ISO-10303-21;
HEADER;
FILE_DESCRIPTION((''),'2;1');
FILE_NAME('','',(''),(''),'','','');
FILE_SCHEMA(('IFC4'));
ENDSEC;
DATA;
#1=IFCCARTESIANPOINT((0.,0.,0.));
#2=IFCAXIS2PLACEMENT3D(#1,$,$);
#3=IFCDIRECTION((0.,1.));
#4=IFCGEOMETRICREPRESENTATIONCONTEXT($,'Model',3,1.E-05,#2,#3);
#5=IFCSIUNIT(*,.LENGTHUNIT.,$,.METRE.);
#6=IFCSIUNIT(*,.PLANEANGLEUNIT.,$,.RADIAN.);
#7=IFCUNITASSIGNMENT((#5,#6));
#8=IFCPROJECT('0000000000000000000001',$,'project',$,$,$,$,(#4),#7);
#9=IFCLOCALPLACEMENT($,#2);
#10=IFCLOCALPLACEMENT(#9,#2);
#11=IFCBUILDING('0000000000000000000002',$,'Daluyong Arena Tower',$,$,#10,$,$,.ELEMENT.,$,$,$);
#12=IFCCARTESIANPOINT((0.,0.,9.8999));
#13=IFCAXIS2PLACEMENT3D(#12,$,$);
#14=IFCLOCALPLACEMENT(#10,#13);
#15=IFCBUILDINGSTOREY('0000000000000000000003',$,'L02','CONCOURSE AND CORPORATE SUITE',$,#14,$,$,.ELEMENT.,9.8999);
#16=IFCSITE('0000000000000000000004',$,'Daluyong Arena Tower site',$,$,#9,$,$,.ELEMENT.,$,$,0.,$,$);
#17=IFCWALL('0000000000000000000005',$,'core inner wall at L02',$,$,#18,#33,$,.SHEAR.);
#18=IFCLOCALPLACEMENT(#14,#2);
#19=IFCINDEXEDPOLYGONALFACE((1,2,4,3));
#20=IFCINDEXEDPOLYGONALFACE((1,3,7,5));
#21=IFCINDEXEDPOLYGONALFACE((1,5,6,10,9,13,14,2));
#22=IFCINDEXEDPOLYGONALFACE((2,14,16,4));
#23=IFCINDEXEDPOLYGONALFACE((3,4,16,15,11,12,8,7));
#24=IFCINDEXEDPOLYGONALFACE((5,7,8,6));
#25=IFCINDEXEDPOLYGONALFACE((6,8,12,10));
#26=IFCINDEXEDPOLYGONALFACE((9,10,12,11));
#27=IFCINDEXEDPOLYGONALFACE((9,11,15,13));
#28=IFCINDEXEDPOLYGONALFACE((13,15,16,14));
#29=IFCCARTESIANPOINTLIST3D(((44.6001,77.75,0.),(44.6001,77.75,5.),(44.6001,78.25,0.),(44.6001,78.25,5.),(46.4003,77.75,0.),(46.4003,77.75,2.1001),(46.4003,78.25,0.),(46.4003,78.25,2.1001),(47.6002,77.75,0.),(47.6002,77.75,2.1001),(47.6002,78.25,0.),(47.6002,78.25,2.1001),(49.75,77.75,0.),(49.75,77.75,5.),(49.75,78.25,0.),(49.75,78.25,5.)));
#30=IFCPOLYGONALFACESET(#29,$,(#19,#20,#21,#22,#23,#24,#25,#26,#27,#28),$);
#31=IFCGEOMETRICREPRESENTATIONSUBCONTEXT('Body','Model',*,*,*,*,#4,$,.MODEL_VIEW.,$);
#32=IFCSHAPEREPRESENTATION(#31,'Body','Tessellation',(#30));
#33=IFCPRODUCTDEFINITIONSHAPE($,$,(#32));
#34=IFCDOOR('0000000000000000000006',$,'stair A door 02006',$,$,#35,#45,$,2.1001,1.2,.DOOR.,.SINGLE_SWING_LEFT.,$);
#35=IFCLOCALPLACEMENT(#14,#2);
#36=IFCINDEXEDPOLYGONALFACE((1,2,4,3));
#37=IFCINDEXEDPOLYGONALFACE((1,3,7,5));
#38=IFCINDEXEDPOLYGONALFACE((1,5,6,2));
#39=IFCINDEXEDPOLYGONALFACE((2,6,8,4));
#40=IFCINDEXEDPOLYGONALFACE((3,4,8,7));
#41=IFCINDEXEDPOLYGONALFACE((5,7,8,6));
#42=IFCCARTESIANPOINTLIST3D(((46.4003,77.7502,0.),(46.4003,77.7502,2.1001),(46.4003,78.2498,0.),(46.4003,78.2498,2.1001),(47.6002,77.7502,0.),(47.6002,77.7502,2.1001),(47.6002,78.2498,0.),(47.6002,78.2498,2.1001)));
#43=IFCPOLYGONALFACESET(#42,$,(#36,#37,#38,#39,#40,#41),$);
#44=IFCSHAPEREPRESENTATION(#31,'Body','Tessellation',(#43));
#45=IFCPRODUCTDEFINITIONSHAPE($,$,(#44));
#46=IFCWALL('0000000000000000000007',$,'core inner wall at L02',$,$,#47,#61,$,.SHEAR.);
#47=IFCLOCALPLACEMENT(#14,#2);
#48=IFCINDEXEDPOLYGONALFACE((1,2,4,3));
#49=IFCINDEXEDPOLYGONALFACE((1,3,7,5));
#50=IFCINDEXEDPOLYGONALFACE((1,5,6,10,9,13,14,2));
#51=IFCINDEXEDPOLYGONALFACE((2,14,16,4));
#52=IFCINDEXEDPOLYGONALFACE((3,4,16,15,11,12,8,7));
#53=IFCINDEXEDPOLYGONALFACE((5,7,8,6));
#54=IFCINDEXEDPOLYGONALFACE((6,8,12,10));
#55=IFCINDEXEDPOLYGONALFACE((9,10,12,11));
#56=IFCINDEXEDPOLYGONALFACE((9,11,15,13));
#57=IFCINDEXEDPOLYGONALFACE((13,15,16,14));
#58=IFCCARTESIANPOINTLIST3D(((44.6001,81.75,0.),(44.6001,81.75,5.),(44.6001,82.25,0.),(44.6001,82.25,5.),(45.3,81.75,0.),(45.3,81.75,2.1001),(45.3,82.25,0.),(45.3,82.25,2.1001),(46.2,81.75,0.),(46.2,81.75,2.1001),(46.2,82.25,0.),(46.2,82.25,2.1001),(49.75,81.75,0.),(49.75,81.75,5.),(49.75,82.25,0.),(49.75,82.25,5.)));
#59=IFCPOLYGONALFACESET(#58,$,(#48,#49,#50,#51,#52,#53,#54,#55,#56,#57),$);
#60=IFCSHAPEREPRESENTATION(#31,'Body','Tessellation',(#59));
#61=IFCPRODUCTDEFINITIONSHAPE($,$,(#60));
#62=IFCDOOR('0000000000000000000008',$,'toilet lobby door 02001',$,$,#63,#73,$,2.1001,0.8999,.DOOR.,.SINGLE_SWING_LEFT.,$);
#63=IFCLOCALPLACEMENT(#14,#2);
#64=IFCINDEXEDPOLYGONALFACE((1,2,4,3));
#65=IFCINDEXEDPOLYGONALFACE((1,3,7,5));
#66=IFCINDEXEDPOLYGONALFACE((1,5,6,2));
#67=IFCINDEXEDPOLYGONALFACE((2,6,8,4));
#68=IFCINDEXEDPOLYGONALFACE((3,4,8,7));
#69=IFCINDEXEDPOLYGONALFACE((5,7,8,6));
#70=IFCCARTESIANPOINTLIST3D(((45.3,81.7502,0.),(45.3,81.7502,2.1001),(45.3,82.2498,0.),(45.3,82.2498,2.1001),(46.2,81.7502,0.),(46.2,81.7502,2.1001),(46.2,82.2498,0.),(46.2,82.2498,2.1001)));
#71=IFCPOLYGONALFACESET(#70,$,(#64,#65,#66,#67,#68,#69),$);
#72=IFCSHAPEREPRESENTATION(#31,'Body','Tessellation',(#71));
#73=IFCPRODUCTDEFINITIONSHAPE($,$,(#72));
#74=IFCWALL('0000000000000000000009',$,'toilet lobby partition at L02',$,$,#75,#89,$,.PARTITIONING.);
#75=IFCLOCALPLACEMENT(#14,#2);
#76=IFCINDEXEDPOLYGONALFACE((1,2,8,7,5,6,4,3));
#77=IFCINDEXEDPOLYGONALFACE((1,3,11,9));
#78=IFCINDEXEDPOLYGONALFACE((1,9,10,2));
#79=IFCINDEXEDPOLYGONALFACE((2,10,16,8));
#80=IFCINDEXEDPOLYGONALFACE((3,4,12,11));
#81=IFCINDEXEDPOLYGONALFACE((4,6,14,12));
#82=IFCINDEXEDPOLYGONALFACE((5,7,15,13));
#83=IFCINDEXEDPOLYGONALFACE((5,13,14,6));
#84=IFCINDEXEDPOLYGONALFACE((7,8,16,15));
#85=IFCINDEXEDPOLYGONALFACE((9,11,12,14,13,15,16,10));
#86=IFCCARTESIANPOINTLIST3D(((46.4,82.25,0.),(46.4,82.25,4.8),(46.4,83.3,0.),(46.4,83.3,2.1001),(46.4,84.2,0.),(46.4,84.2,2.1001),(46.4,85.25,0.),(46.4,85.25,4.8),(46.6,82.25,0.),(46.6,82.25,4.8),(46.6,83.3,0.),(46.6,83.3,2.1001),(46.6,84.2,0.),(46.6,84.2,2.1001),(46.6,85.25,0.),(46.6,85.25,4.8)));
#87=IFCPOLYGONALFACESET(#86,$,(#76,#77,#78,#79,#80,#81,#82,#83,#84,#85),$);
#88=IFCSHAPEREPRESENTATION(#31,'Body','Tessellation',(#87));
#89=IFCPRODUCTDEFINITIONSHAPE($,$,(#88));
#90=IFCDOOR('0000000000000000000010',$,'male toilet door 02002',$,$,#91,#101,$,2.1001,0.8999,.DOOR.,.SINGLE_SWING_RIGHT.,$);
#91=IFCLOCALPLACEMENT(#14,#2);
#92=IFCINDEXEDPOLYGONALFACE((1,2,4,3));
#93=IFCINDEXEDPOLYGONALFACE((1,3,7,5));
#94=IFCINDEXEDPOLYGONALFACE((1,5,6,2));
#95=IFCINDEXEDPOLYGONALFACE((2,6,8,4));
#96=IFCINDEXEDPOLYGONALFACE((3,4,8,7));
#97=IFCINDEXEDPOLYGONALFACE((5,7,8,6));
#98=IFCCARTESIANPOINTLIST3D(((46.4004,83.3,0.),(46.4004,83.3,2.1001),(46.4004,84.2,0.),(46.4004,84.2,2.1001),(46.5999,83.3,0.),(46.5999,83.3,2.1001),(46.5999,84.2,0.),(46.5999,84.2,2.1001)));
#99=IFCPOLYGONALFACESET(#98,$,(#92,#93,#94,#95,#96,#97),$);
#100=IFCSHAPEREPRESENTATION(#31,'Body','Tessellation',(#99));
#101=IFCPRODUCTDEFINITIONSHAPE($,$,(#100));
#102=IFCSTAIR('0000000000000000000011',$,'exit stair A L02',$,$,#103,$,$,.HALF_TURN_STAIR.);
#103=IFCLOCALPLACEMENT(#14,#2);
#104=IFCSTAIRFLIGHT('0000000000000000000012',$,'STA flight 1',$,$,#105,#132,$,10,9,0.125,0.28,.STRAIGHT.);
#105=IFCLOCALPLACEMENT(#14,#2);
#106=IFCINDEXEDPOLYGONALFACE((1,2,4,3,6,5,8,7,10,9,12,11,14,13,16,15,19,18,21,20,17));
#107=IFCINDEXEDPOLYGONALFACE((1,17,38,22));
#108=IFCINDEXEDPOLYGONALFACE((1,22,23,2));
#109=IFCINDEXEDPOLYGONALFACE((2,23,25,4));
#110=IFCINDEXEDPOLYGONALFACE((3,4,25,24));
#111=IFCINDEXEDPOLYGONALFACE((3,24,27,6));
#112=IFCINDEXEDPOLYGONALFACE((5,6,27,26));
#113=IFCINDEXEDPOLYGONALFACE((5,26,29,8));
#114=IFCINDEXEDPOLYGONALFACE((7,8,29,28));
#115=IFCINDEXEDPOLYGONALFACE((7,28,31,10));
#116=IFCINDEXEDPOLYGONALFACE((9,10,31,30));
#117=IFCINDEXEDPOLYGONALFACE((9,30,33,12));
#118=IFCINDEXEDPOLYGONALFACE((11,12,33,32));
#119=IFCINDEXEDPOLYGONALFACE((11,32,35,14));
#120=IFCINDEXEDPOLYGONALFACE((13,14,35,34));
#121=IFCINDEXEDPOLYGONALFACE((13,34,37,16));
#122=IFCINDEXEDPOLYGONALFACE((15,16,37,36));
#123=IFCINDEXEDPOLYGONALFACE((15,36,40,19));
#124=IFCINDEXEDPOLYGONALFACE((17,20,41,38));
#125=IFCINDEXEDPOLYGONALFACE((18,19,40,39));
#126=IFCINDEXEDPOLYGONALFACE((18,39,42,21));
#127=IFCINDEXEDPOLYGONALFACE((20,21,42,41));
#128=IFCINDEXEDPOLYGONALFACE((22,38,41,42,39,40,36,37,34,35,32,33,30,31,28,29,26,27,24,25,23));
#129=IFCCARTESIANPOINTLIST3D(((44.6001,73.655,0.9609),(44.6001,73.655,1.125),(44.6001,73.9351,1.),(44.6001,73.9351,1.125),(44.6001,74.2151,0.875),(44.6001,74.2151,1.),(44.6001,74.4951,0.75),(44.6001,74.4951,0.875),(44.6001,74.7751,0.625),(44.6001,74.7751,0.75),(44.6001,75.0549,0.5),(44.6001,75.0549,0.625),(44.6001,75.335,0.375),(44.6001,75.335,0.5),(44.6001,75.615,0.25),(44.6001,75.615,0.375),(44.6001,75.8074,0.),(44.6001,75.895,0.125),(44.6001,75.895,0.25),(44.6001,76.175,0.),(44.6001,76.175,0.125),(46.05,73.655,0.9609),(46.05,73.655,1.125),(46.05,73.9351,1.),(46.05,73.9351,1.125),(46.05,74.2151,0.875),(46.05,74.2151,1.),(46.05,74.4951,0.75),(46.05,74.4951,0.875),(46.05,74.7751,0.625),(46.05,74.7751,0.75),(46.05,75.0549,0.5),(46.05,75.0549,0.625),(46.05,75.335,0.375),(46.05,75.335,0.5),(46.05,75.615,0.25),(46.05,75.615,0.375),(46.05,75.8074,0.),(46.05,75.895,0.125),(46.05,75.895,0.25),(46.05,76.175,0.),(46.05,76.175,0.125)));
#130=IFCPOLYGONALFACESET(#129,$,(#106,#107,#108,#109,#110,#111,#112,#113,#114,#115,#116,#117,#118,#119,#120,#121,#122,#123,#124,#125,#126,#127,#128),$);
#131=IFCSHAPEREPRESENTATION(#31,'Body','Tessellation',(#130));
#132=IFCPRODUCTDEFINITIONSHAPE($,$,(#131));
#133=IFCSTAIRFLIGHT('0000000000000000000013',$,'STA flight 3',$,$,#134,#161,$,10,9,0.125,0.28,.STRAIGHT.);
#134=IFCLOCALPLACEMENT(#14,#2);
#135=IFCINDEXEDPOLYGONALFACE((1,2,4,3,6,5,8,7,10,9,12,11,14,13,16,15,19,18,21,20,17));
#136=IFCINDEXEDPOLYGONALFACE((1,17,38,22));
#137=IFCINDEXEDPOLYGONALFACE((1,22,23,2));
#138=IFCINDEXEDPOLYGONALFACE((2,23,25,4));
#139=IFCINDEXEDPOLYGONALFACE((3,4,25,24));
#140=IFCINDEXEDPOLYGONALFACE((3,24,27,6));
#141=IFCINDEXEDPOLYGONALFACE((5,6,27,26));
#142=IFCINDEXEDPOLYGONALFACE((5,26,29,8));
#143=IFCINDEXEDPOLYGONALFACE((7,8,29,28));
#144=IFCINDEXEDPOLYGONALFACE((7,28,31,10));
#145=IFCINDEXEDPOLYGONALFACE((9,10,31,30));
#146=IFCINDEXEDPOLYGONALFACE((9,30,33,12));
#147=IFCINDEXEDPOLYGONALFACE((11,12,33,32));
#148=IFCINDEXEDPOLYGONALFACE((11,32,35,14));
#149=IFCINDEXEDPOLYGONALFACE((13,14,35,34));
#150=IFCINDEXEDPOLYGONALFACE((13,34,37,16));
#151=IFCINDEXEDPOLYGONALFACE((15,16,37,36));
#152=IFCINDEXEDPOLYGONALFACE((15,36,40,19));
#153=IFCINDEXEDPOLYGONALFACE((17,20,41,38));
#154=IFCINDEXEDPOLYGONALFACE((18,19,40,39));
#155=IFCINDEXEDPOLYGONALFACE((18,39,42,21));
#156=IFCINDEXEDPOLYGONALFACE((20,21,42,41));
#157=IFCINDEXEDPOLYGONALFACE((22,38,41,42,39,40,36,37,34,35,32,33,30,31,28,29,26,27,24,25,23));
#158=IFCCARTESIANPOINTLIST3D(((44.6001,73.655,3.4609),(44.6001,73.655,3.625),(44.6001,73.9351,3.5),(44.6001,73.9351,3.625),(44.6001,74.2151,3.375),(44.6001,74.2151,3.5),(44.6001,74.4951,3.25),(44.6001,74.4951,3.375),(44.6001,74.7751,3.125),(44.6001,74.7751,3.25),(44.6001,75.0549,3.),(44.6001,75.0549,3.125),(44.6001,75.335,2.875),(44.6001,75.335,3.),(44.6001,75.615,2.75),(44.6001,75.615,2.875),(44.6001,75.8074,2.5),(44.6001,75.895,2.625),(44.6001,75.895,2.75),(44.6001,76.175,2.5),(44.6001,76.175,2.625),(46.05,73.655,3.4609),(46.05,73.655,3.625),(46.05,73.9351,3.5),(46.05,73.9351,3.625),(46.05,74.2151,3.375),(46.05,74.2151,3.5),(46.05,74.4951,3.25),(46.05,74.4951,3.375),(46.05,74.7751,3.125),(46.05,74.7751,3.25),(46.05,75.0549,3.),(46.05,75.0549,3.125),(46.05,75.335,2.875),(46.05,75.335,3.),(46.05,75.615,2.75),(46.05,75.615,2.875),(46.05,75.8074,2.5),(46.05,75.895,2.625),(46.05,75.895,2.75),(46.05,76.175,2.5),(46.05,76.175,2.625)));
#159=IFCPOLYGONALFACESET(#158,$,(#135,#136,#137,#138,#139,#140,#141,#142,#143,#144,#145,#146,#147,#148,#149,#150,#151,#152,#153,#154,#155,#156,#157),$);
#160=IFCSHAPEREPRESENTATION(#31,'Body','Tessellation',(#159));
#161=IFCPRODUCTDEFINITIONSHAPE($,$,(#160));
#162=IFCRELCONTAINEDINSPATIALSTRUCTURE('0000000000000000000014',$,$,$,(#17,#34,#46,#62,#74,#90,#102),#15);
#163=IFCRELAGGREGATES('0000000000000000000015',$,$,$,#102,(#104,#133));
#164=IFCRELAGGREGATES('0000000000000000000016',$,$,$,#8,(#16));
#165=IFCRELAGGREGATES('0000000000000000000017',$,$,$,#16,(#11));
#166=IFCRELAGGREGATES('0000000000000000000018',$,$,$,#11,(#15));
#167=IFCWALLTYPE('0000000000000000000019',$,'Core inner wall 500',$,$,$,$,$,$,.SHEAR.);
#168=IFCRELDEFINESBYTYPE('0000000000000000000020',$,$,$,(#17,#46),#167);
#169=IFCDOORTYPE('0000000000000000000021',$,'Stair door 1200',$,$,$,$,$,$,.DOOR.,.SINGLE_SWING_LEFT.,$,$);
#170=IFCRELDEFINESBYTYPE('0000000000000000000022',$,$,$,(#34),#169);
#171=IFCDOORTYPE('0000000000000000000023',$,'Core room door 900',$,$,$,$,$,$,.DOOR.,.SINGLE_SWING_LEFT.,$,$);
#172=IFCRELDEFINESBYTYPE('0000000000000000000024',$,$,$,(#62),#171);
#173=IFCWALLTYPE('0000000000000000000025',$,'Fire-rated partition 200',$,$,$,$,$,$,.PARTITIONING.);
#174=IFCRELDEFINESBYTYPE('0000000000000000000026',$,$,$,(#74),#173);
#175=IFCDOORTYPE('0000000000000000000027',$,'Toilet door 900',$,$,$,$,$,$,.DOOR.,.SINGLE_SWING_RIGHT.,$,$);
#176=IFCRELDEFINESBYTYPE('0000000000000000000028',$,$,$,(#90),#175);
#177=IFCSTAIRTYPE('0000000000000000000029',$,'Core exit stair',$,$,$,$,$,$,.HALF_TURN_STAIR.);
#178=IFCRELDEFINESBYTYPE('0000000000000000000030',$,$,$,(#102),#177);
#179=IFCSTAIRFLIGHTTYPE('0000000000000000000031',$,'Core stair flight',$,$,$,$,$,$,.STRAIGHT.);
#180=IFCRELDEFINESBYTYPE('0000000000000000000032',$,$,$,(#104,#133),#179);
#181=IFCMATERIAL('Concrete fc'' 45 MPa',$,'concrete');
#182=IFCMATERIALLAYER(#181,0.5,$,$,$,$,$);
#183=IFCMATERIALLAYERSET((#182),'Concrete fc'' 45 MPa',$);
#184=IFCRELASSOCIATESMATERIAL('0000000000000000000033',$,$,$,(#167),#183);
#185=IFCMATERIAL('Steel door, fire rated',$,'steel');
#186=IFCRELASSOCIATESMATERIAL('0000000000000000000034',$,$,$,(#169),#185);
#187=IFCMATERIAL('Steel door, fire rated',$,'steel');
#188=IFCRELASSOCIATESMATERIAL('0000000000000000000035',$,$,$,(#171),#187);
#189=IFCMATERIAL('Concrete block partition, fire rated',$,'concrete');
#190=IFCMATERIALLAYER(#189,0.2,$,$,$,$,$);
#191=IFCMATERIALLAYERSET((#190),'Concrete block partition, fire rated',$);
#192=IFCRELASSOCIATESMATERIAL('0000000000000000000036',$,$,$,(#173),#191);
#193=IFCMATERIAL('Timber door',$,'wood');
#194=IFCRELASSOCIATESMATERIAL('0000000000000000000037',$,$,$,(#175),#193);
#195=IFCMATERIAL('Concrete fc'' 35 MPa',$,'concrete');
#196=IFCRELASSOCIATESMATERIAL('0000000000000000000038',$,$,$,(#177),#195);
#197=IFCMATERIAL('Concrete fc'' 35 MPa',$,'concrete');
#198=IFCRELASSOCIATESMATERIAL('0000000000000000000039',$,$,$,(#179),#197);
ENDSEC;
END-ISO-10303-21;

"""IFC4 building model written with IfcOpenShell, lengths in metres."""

from ifc_helpers import new_model, si_unit, direction, frame, frame_2d, origin, place, context, subcontext, project, spatial, polyline, rectangle, outline, extrude, material, layer, layer_set, type_object, element, fill, aggregate, save


model = new_model("IFC4")

# Units and contexts
model_context = context("Model", 3, precision=1e-05, world=origin(), true_north=direction((0.0, 1.0)))
body_context = subcontext(model_context, "Body", "Model", "MODEL_VIEW")
ifc_project = project(units=[si_unit("LENGTHUNIT", "METRE"), si_unit("PLANEANGLEUNIT", "RADIAN")], contexts=[model_context])

# Site, building, storey
site_placement = place(None, origin())
site = spatial("IfcSite", under=ifc_project, at=site_placement, Name="Daluyong Arena Tower site", CompositionType="ELEMENT", RefElevation=0.0)
building_placement = place(site_placement, origin())
building = spatial("IfcBuilding", under=site, at=building_placement, Name="Daluyong Arena Tower", CompositionType="ELEMENT")
storey_placement = place(building_placement, frame((0.0, 0.0, 9.8999)))
storey = spatial("IfcBuildingStorey", under=building, at=storey_placement, Name="L02", Description="CONCOURSE AND CORPORATE SUITE", CompositionType="ELEMENT", Elevation=9.8999)

# Walls, openings, doors
ifc_material_1 = material(Name="Concrete fc' 45 MPa", Category="concrete")
ifc_layer_1 = layer(ifc_material_1, 0.5)
ifc_layer_set_1 = layer_set([ifc_layer_1], Name="Concrete fc' 45 MPa")
wall_type_1 = type_object("IfcWallType", Name="Core inner wall 500", PredefinedType="SHEAR", material=ifc_layer_set_1)
wall_1_placement = place(storey_placement, frame((44.6001, 78.0, 0.0), z_axis=(0.0, 0.0, 1.0), x_axis=(1.0, 0.0, 0.0)))
wall_1 = element("IfcWall", 1, at=wall_1_placement, inside=storey, type_object=wall_type_1, Name="core inner wall at L02", PredefinedType="SHEAR", context=body_context, shape_type="SweptSolid", body=[
    extrude(rectangle(XDim=5.1499, YDim=0.5, at=frame_2d((2.575, 0.0))), origin(), (0.0, 0.0, 1.0), 5.0),
])
opening_1_placement = place(wall_1_placement, frame((1.8, 0.0, 0.0)))
opening_1 = element("IfcOpeningElement", 2, at=opening_1_placement, cuts=wall_1, PredefinedType="OPENING", context=body_context, shape_type="SweptSolid", body=[
    extrude(rectangle(XDim=1.2, YDim=2.1001, at=frame_2d((0.6001, 1.05))), frame((0.0, 0.26, 0.0), z_axis=(0.0, -1.0, 0.0), x_axis=(1.0, 0.0, 0.0)), (0.0, 0.0, 1.0), 0.52),
])
ifc_material_2 = material(Name="Steel door, fire rated", Category="steel")
door_type_1 = type_object("IfcDoorType", Name="Stair door 1200", OperationType="SINGLE_SWING_LEFT", PredefinedType="DOOR", material=ifc_material_2)
door_1_placement = place(opening_1_placement, origin())
door_1 = element("IfcDoor", 3, at=door_1_placement, inside=storey, type_object=door_type_1, Name="stair A door 02006", OperationType="SINGLE_SWING_LEFT", OverallHeight=2.1001, OverallWidth=1.2, PredefinedType="DOOR", context=body_context, shape_type="SweptSolid", body=[
    extrude(rectangle(XDim=1.2, YDim=2.1001, at=frame_2d((0.6001, 1.05))), frame((0.0, 0.2498, 0.0), z_axis=(0.0, -1.0, 0.0), x_axis=(1.0, 0.0, 0.0)), (0.0, 0.0, 1.0), 0.4995),
])
fill(opening_1, door_1)
wall_2_placement = place(storey_placement, frame((44.6001, 82.0, 0.0), z_axis=(0.0, 0.0, 1.0), x_axis=(1.0, 0.0, 0.0)))
wall_2 = element("IfcWall", 4, at=wall_2_placement, inside=storey, type_object=wall_type_1, Name="core inner wall at L02", PredefinedType="SHEAR", context=body_context, shape_type="SweptSolid", body=[
    extrude(rectangle(XDim=5.1499, YDim=0.5, at=frame_2d((2.575, 0.0))), origin(), (0.0, 0.0, 1.0), 5.0),
])
opening_2_placement = place(wall_2_placement, frame((0.7, 0.0, 0.0)))
opening_2 = element("IfcOpeningElement", 5, at=opening_2_placement, cuts=wall_2, PredefinedType="OPENING", context=body_context, shape_type="SweptSolid", body=[
    extrude(rectangle(XDim=0.8999, YDim=2.1001, at=frame_2d((0.45, 1.05))), frame((0.0, 0.26, 0.0), z_axis=(0.0, -1.0, 0.0), x_axis=(1.0, 0.0, 0.0)), (0.0, 0.0, 1.0), 0.52),
])
ifc_material_3 = material(Name="Steel door, fire rated", Category="steel")
door_type_2 = type_object("IfcDoorType", Name="Core room door 900", OperationType="SINGLE_SWING_LEFT", PredefinedType="DOOR", material=ifc_material_3)
door_2_placement = place(opening_2_placement, origin())
door_2 = element("IfcDoor", 6, at=door_2_placement, inside=storey, type_object=door_type_2, Name="toilet lobby door 02001", OperationType="SINGLE_SWING_LEFT", OverallHeight=2.1001, OverallWidth=0.8999, PredefinedType="DOOR", context=body_context, shape_type="SweptSolid", body=[
    extrude(rectangle(XDim=0.8999, YDim=2.1001, at=frame_2d((0.45, 1.05))), frame((0.0, 0.2498, 0.0), z_axis=(0.0, -1.0, 0.0), x_axis=(1.0, 0.0, 0.0)), (0.0, 0.0, 1.0), 0.4995),
])
fill(opening_2, door_2)
ifc_material_4 = material(Name="Concrete block partition, fire rated", Category="concrete")
ifc_layer_2 = layer(ifc_material_4, 0.2)
ifc_layer_set_2 = layer_set([ifc_layer_2], Name="Concrete block partition, fire rated")
wall_type_2 = type_object("IfcWallType", Name="Fire-rated partition 200", PredefinedType="PARTITIONING", material=ifc_layer_set_2)
wall_3_placement = place(storey_placement, frame((46.5, 82.25, 0.0), z_axis=(0.0, 0.0, 1.0), x_axis=(0.0, 1.0, 0.0)))
wall_3 = element("IfcWall", 7, at=wall_3_placement, inside=storey, type_object=wall_type_2, Name="toilet lobby partition at L02", PredefinedType="PARTITIONING", context=body_context, shape_type="SweptSolid", body=[
    extrude(rectangle(XDim=3.0, YDim=0.2, at=frame_2d((1.5, 0.0))), origin(), (0.0, 0.0, 1.0), 4.8),
])
opening_3_placement = place(wall_3_placement, frame((1.05, 0.0, 0.0)))
opening_3 = element("IfcOpeningElement", 8, at=opening_3_placement, cuts=wall_3, PredefinedType="OPENING", context=body_context, shape_type="SweptSolid", body=[
    extrude(rectangle(XDim=0.8999, YDim=2.1001, at=frame_2d((0.45, 1.05))), frame((0.0, 0.1099, 0.0), z_axis=(0.0, -1.0, 0.0), x_axis=(1.0, 0.0, 0.0)), (0.0, 0.0, 1.0), 0.22),
])
ifc_material_5 = material(Name="Timber door", Category="wood")
door_type_3 = type_object("IfcDoorType", Name="Toilet door 900", OperationType="SINGLE_SWING_RIGHT", PredefinedType="DOOR", material=ifc_material_5)
door_3_placement = place(opening_3_placement, origin())
door_3 = element("IfcDoor", 9, at=door_3_placement, inside=storey, type_object=door_type_3, Name="male toilet door 02002", OperationType="SINGLE_SWING_RIGHT", OverallHeight=2.1001, OverallWidth=0.8999, PredefinedType="DOOR", context=body_context, shape_type="SweptSolid", body=[
    extrude(rectangle(XDim=0.8999, YDim=2.1001, at=frame_2d((0.45, 1.05))), frame((0.0, 0.0996, 0.0), z_axis=(0.0, -1.0, 0.0), x_axis=(1.0, 0.0, 0.0)), (0.0, 0.0, 1.0), 0.1995),
])
fill(opening_3, door_3)

# Stair, stair flights
ifc_material_6 = material(Name="Concrete fc' 35 MPa", Category="concrete")
stair_type = type_object("IfcStairType", Name="Core exit stair", PredefinedType="HALF_TURN_STAIR", material=ifc_material_6)
stair_placement = place(storey_placement, origin())
stair = element("IfcStair", 10, at=stair_placement, inside=storey, type_object=stair_type, Name="exit stair A L02", PredefinedType="HALF_TURN_STAIR")
ifc_material_7 = material(Name="Concrete fc' 35 MPa", Category="concrete")
stair_flight_type = type_object("IfcStairFlightType", Name="Core stair flight", PredefinedType="STRAIGHT", material=ifc_material_7)
stair_flight_1_placement = place(storey_placement, frame((45.325, 76.175, 0.0), z_axis=(0.0, 0.0, 1.0), x_axis=(0.0, -1.0, 0.0)))
stair_flight_1 = element("IfcStairFlight", 11, at=stair_flight_1_placement, type_object=stair_flight_type, Name="STA flight 1", NumberOfRisers=10, NumberOfTreads=9, PredefinedType="STRAIGHT", RiserHeight=0.125, TreadLength=0.28, context=body_context, shape_type="SweptSolid", body=[
    extrude(outline(polyline([(0.0, 0.0), (0.0, 0.125), (0.28, 0.125), (0.28, 0.25), (0.5601, 0.25), (0.5601, 0.375), (0.8401, 0.375), (0.8401, 0.5), (1.1201, 0.5), (1.1201, 0.625), (1.3999, 0.625), (1.3999, 0.75), (1.6799, 0.75), (1.6799, 0.875), (1.96, 0.875), (1.96, 1.0), (2.24, 1.0), (2.24, 1.125), (2.52, 1.125), (2.52, 1.25), (2.52, 0.9609), (0.3677, 0.0), (0.0, 0.0)])), frame((0.0, 0.7251, 0.0), z_axis=(0.0, -1.0, 0.0), x_axis=(1.0, 0.0, 0.0)), (0.0, 0.0, 1.0), 1.45),
])
stair_flight_2_placement = place(storey_placement, frame((45.325, 76.175, 2.5), z_axis=(0.0, 0.0, 1.0), x_axis=(0.0, -1.0, 0.0)))
stair_flight_2 = element("IfcStairFlight", 12, at=stair_flight_2_placement, type_object=stair_flight_type, Name="STA flight 3", NumberOfRisers=10, NumberOfTreads=9, PredefinedType="STRAIGHT", RiserHeight=0.125, TreadLength=0.28, context=body_context, shape_type="SweptSolid", body=[
    extrude(outline(polyline([(0.0, 0.0), (0.0, 0.125), (0.28, 0.125), (0.28, 0.25), (0.5601, 0.25), (0.5601, 0.375), (0.8401, 0.375), (0.8401, 0.5), (1.1201, 0.5), (1.1201, 0.625), (1.3999, 0.625), (1.3999, 0.75), (1.6799, 0.75), (1.6799, 0.875), (1.96, 0.875), (1.96, 1.0), (2.24, 1.0), (2.24, 1.125), (2.52, 1.125), (2.52, 1.25), (2.52, 0.9609), (0.3677, 0.0), (0.0, 0.0)])), frame((0.0, 0.7251, 0.0), z_axis=(0.0, -1.0, 0.0), x_axis=(1.0, 0.0, 0.0)), (0.0, 0.0, 1.0), 1.45),
])
aggregate(stair, [stair_flight_1, stair_flight_2])

save(model, "model.ifc")
